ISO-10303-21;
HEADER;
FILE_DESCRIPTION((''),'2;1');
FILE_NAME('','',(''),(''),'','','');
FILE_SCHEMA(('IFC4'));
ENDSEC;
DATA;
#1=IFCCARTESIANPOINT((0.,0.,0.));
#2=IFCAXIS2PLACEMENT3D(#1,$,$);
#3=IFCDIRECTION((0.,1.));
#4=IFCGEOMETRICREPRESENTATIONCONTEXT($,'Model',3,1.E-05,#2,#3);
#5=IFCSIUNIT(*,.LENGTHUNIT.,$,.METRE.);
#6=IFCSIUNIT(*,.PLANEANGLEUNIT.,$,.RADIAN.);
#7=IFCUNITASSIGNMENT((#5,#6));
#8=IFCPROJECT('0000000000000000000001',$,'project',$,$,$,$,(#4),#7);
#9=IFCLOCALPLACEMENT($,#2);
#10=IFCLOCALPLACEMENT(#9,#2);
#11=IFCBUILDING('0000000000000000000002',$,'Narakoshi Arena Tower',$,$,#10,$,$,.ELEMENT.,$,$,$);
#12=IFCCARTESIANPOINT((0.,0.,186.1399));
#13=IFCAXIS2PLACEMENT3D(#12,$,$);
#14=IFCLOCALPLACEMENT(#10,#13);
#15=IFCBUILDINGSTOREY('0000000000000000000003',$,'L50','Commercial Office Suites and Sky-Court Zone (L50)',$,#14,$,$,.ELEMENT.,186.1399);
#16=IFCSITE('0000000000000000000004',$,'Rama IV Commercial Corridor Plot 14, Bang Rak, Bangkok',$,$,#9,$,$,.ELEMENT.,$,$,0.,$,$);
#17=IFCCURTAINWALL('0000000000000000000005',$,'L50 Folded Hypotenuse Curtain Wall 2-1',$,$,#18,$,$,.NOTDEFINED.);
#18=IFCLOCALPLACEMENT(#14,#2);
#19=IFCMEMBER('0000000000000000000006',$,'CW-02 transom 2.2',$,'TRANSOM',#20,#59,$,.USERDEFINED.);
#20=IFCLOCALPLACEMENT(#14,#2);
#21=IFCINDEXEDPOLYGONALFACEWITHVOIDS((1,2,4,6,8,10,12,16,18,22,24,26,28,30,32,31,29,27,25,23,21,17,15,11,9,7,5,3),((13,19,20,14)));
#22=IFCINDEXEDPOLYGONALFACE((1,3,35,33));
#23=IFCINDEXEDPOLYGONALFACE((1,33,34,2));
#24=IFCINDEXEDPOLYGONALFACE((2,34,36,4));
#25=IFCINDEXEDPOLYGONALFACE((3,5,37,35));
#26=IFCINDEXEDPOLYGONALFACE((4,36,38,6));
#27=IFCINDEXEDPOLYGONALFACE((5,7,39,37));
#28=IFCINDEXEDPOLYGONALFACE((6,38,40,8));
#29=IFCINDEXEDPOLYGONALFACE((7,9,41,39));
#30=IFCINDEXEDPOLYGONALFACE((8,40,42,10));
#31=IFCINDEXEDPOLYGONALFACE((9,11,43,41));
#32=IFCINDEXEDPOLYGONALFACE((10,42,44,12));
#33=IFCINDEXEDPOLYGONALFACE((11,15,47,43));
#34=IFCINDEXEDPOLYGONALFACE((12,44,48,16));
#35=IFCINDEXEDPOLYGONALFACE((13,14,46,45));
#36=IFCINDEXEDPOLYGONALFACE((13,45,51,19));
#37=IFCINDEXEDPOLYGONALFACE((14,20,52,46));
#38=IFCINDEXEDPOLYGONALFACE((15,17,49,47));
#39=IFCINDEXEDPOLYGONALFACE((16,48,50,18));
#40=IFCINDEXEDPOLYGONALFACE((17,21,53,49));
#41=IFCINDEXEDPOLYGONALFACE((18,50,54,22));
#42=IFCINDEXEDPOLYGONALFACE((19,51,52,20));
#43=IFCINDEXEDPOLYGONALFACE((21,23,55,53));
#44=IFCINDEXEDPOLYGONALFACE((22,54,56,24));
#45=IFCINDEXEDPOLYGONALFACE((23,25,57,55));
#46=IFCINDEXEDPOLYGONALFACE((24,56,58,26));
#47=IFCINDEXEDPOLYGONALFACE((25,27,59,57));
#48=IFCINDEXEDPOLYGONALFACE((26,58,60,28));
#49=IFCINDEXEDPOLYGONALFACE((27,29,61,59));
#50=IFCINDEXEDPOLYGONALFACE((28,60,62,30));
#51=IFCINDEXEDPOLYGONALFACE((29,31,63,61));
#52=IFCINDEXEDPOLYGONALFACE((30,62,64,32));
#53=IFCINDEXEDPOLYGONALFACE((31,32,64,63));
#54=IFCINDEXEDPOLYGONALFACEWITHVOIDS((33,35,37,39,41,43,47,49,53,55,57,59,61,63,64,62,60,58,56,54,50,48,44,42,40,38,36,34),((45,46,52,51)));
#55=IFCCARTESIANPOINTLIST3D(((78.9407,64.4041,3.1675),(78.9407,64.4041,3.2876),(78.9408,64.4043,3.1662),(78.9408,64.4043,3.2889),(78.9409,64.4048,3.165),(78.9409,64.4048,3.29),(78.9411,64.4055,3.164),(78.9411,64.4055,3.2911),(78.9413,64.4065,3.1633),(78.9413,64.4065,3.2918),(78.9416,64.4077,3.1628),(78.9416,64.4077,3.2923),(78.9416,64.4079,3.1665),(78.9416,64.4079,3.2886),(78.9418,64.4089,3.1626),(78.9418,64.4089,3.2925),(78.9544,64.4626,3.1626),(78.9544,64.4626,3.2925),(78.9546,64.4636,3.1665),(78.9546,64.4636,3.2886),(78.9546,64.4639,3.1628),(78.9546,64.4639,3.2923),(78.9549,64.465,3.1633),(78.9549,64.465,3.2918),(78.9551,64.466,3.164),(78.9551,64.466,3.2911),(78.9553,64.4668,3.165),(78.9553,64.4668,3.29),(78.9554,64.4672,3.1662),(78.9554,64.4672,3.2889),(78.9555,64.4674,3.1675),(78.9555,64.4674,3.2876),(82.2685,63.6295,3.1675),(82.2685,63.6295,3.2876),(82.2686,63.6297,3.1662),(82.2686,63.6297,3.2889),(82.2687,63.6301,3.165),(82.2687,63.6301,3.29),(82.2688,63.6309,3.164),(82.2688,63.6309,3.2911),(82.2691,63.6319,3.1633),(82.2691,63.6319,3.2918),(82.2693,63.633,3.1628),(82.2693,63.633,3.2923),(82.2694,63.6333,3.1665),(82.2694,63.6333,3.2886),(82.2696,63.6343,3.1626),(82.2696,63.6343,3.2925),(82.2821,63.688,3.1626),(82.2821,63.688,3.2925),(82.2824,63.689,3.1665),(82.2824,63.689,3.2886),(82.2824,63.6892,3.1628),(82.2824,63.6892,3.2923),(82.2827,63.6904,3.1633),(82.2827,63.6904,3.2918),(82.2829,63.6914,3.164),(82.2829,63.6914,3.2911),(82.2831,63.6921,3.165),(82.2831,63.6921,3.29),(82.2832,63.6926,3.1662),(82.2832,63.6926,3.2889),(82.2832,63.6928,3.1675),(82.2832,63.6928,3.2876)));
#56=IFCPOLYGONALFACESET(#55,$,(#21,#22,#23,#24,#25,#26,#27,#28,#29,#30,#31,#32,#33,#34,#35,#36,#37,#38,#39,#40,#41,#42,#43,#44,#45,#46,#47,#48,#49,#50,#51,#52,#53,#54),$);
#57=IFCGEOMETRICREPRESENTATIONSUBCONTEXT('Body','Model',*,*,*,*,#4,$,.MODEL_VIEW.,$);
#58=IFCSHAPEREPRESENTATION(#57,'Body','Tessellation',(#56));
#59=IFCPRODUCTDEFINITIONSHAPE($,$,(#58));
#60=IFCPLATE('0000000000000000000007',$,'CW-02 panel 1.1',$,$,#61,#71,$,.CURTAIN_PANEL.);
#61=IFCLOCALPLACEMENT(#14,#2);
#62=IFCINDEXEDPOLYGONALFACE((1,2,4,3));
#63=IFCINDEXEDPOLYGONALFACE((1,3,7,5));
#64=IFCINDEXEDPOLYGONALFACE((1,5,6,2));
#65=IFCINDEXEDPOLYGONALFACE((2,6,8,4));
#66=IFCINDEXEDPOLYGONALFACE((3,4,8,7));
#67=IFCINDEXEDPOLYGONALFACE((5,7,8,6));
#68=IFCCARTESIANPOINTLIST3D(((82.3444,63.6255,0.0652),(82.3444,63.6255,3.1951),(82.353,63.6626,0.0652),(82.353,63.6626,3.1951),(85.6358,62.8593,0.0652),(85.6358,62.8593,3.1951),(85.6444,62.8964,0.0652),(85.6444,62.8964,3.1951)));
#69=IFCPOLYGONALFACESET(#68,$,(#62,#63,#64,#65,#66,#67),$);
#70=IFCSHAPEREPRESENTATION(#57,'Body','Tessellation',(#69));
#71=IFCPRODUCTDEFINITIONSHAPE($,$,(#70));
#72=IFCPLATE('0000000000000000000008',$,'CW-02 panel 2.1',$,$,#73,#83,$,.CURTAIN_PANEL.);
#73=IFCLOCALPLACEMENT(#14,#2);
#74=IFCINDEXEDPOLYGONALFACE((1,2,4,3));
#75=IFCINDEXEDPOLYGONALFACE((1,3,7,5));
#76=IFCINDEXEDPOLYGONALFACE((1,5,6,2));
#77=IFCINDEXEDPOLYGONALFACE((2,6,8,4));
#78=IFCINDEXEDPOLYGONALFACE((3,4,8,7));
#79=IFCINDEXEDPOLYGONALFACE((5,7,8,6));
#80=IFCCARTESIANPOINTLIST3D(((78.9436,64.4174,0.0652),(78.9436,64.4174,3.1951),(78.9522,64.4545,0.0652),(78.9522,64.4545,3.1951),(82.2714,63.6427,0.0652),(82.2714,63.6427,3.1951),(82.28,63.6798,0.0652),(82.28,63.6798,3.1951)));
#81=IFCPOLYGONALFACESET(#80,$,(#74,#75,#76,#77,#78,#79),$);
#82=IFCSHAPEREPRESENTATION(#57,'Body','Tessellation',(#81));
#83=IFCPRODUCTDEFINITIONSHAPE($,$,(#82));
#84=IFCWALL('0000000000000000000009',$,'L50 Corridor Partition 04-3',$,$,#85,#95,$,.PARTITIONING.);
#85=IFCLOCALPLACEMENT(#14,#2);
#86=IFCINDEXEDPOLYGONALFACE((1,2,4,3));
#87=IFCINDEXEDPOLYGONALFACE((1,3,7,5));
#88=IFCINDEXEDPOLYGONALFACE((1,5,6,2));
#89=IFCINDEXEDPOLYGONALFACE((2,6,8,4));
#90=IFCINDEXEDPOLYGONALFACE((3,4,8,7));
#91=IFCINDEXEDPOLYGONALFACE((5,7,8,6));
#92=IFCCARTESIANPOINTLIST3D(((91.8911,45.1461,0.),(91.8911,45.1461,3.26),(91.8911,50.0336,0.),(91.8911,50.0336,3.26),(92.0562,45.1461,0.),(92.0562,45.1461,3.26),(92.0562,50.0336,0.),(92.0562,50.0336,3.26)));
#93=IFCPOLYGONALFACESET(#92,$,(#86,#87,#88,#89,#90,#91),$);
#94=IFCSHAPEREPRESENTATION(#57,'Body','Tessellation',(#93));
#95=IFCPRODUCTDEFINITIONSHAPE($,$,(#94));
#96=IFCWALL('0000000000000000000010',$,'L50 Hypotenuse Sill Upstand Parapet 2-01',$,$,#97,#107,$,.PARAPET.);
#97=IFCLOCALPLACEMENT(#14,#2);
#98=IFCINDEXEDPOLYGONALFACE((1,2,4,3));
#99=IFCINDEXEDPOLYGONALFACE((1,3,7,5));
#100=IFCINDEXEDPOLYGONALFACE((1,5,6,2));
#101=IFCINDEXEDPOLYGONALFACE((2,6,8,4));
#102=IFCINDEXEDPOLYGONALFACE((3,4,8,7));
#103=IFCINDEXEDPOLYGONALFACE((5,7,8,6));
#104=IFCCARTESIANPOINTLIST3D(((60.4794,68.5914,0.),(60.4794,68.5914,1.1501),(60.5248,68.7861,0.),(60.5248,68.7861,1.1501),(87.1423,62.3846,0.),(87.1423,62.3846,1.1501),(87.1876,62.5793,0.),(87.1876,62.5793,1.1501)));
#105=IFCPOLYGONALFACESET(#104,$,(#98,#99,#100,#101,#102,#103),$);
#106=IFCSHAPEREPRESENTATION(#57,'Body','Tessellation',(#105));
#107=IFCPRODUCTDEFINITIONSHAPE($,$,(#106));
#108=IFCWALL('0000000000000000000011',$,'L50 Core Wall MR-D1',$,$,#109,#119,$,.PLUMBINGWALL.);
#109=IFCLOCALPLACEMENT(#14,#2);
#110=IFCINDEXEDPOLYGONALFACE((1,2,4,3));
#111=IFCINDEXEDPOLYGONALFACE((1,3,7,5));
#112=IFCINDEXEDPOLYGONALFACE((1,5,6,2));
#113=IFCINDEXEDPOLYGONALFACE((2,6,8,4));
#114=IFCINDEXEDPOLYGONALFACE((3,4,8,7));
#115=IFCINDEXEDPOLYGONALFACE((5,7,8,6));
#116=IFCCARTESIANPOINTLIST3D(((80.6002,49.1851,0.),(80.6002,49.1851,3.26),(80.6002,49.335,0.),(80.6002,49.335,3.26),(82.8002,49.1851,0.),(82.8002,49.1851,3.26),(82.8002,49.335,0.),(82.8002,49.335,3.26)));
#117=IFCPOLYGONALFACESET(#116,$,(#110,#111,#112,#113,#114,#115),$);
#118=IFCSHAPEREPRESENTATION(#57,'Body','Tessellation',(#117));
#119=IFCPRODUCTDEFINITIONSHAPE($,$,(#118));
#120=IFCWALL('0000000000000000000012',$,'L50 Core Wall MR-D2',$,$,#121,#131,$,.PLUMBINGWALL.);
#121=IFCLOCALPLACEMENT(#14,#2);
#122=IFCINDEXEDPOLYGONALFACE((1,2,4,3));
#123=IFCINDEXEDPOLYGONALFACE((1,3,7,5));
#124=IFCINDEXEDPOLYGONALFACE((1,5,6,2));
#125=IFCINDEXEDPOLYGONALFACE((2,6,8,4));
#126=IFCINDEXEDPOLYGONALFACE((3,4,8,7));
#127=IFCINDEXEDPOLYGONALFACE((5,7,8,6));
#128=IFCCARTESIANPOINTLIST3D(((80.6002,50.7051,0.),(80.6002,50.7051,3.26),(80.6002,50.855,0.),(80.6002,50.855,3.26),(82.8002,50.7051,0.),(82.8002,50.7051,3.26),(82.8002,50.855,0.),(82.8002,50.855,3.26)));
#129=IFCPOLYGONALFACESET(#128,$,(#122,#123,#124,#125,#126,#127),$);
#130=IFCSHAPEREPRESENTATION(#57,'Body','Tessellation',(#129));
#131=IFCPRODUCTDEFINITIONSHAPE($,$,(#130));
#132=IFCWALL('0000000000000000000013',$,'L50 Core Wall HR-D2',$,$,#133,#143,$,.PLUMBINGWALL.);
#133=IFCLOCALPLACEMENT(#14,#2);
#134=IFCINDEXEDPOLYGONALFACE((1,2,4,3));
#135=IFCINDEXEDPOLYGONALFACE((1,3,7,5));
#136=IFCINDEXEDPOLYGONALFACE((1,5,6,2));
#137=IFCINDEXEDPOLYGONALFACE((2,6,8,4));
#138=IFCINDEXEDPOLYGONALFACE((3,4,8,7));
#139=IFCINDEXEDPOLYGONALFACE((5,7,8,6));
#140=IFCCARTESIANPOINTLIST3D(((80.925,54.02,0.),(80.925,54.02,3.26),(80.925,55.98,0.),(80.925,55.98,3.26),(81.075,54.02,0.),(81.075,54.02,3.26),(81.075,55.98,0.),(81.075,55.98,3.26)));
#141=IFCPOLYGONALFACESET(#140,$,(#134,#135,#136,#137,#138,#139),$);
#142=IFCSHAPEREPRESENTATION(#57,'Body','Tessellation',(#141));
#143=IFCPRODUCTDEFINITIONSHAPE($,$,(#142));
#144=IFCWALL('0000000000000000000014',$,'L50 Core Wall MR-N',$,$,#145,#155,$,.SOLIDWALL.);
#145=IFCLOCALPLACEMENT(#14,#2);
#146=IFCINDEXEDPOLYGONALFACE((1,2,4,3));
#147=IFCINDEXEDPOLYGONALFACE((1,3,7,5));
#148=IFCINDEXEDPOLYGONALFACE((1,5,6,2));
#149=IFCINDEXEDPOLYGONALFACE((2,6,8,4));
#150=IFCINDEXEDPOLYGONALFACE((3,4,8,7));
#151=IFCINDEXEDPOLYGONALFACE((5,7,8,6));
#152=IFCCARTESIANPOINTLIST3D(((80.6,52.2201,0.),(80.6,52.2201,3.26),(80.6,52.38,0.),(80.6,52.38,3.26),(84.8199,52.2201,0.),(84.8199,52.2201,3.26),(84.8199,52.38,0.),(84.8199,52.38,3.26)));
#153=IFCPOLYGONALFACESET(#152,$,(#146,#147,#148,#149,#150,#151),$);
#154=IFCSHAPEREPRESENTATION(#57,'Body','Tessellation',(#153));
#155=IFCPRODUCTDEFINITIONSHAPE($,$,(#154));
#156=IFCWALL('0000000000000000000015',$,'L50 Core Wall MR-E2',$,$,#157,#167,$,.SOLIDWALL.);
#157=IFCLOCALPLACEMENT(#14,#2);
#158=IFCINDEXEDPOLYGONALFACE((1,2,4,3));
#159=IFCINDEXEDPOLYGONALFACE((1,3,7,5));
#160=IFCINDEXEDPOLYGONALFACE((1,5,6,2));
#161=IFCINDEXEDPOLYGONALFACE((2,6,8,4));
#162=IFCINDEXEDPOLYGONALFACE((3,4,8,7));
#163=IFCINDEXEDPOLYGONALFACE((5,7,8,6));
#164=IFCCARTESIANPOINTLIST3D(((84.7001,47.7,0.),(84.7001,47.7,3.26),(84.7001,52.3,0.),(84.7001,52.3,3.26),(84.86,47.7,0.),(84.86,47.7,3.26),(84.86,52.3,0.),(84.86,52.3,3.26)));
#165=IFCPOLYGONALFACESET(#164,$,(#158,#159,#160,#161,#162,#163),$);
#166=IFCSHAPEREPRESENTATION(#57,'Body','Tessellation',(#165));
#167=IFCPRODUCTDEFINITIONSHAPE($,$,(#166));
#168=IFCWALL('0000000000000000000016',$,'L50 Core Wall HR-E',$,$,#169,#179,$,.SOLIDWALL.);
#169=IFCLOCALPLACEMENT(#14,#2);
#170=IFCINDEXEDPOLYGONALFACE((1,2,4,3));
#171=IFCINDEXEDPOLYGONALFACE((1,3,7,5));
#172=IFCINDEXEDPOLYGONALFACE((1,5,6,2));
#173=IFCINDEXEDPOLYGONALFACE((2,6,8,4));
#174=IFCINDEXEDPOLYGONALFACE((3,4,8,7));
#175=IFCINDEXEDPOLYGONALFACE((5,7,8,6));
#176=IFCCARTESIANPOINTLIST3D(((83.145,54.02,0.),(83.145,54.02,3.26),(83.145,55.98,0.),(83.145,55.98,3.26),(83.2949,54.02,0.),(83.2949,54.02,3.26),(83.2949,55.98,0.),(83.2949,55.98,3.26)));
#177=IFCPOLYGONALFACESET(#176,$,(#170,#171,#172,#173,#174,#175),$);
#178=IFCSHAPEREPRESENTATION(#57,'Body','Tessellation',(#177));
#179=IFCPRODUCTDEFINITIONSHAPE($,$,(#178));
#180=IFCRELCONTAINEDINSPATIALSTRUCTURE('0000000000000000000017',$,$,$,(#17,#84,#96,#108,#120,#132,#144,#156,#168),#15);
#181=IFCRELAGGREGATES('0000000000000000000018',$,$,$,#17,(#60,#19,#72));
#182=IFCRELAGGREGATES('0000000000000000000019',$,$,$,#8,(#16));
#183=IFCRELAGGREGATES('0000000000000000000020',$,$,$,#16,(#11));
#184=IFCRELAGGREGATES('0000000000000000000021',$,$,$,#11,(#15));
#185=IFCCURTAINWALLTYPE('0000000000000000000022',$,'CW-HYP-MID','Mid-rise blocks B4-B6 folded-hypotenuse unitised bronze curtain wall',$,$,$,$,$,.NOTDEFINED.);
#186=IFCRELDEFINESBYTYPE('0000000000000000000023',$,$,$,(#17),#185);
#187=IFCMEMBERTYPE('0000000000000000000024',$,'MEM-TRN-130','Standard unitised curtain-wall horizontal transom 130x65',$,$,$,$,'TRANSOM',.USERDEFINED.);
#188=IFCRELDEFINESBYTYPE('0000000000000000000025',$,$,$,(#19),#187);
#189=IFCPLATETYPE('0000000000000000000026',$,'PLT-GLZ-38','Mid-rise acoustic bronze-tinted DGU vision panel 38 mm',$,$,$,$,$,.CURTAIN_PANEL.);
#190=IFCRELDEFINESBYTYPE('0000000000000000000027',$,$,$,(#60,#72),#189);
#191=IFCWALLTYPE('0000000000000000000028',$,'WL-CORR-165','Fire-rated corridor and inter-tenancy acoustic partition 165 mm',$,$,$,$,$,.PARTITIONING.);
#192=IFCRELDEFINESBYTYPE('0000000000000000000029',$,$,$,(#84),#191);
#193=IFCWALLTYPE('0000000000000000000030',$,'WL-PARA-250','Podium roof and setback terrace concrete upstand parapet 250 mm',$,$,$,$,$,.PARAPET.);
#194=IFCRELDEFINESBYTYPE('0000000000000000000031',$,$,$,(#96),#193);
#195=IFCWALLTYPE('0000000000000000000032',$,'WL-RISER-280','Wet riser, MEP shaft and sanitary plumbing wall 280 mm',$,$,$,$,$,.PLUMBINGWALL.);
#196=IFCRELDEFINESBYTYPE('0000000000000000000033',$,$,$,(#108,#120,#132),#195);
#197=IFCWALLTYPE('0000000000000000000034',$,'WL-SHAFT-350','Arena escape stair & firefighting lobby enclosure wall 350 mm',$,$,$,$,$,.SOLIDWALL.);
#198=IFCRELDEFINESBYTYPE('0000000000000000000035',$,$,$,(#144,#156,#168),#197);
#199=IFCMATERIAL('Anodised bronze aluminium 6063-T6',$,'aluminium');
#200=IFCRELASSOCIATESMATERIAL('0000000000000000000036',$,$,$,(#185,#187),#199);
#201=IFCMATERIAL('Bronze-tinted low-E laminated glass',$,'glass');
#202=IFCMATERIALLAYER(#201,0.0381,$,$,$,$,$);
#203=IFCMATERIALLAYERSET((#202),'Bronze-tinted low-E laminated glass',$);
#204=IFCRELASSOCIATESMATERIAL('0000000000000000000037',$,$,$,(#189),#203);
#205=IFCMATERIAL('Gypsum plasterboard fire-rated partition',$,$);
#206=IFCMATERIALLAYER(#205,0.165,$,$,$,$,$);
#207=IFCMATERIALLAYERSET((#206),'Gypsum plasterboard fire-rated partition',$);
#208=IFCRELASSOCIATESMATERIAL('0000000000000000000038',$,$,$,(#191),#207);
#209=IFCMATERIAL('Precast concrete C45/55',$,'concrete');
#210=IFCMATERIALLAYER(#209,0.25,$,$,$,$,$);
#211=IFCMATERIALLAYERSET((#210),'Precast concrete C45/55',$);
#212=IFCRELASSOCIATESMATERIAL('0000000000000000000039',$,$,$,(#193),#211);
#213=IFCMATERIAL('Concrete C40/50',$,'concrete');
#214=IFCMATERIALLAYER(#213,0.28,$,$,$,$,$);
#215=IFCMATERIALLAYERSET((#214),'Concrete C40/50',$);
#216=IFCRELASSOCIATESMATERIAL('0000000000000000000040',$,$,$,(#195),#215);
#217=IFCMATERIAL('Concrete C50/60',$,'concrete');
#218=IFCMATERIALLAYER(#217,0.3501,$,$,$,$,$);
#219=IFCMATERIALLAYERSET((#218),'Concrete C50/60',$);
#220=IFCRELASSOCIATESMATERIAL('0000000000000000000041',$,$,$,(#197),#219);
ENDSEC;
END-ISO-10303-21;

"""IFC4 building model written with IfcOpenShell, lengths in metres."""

from ifc_helpers import new_model, si_unit, direction, frame, frame_2d, origin, origin_2d, place, context, subcontext, project, spatial, rectangle, hollow_rectangle, extrude, material, layer, layer_set, material_profile, profile_set, type_object, element, aggregate, save


model = new_model("IFC4")

# Units and contexts
model_context = context("Model", 3, precision=1e-05, world=origin(), true_north=direction((0.0, 1.0)))
body_context = subcontext(model_context, "Body", "Model", "MODEL_VIEW")
ifc_project = project(units=[si_unit("LENGTHUNIT", "METRE"), si_unit("PLANEANGLEUNIT", "RADIAN")], contexts=[model_context])

# Site, building, storey
site_placement = place(None, origin())
site = spatial("IfcSite", under=ifc_project, at=site_placement, Name="Rama IV Commercial Corridor Plot 14, Bang Rak, Bangkok", CompositionType="ELEMENT", RefElevation=0.0)
building_placement = place(site_placement, origin())
building = spatial("IfcBuilding", under=site, at=building_placement, Name="Narakoshi Arena Tower", CompositionType="ELEMENT")
storey_placement = place(building_placement, frame((0.0, 0.0, 186.1399)))
storey = spatial("IfcBuildingStorey", under=building, at=storey_placement, Name="L50", Description="Commercial Office Suites and Sky-Court Zone (L50)", CompositionType="ELEMENT", Elevation=186.1399)

# Shared definitions
ifc_material_1 = material(Name="Concrete C50/60", Category="concrete")

# Shared definitions
ifc_material_2 = material(Name="Anodised bronze aluminium 6063-T6", Category="aluminium")
curtain_wall_type = type_object("IfcCurtainWallType", Name="CW-HYP-MID", Description="Mid-rise blocks B4-B6 folded-hypotenuse unitised bronze curtain wall", PredefinedType="NOTDEFINED", material=ifc_material_2)

# Curtain wall, member, plates
curtain_wall_1_placement = place(storey_placement, origin())
curtain_wall_1 = element("IfcCurtainWall", 1, at=curtain_wall_1_placement, inside=storey, type_object=curtain_wall_type, Name="L50 Folded Hypotenuse Curtain Wall 2-1", PredefinedType="NOTDEFINED")
ifc_material_profile_1 = material_profile(ifc_material_2, hollow_rectangle(XDim=0.0649, YDim=0.1299, WallThickness=0.0039, OuterFilletRadius=0.0049, at=origin_2d()), Name="TRN130x65x4")
ifc_profile_set_1 = profile_set([ifc_material_profile_1], Name="Anodised bronze aluminium 6063-T6")
member_type_1 = type_object("IfcMemberType", Name="MEM-TRN-130", Description="Standard unitised curtain-wall horizontal transom 130x65", ElementType="TRANSOM", PredefinedType="USERDEFINED", material=ifc_profile_set_1)
member_1_placement = place(storey_placement, frame((82.2759, 63.6611, 3.2275), z_axis=(-0.973961, 0.226717, 0.0), x_axis=(-0.226717, -0.973961, 0.0)))
member_1 = element("IfcMember", 2, at=member_1_placement, type_object=member_type_1, Name="CW-02 transom 2.2", ObjectType="TRANSOM", PredefinedType="USERDEFINED", context=body_context, shape_type="SweptSolid", body=[
    extrude(hollow_rectangle(XDim=0.0649, YDim=0.1299, WallThickness=0.0039, OuterFilletRadius=0.0049, at=origin_2d()), origin(), (0.0, 0.0, 1.0), 3.4167),
])
ifc_material_3 = material(Name="Bronze-tinted low-E laminated glass", Category="glass")
ifc_layer_1 = layer(ifc_material_3, 0.0381)
ifc_layer_set_1 = layer_set([ifc_layer_1], Name="Bronze-tinted low-E laminated glass")
plate_type = type_object("IfcPlateType", Name="PLT-GLZ-38", Description="Mid-rise acoustic bronze-tinted DGU vision panel 38 mm", PredefinedType="CURTAIN_PANEL", material=ifc_layer_set_1)
plate_1_placement = place(storey_placement, frame((83.9944, 63.261, 0.0652), z_axis=(0.0, 0.0, 1.0), x_axis=(-0.97396, 0.226721, 0.0)))
plate_1 = element("IfcPlate", 3, at=plate_1_placement, type_object=plate_type, Name="CW-02 panel 1.1", PredefinedType="CURTAIN_PANEL", context=body_context, shape_type="SweptSolid", body=[
    extrude(rectangle(XDim=3.3794, YDim=0.0381, at=origin_2d()), origin(), (0.0, 0.0, 1.0), 3.1299),
])
plate_2_placement = place(storey_placement, frame((80.6118, 64.0486, 0.0652), z_axis=(0.0, 0.0, 1.0), x_axis=(-0.97396, 0.226721, 0.0)))
plate_2 = element("IfcPlate", 4, at=plate_2_placement, type_object=plate_type, Name="CW-02 panel 2.1", PredefinedType="CURTAIN_PANEL", context=body_context, shape_type="SweptSolid", body=[
    extrude(rectangle(XDim=3.4167, YDim=0.0381, at=origin_2d()), origin(), (0.0, 0.0, 1.0), 3.1299),
])
aggregate(curtain_wall_1, [plate_1, member_1, plate_2])

# Walls
ifc_material_4 = material(Name="Gypsum plasterboard fire-rated partition")
ifc_layer_2 = layer(ifc_material_4, 0.165)
ifc_layer_set_2 = layer_set([ifc_layer_2], Name="Gypsum plasterboard fire-rated partition")
wall_type_1 = type_object("IfcWallType", Name="WL-CORR-165", Description="Fire-rated corridor and inter-tenancy acoustic partition 165 mm", PredefinedType="PARTITIONING", material=ifc_layer_set_2)
wall_1_placement = place(storey_placement, frame((91.9736, 50.0337, 0.0), z_axis=(0.0, 0.0, 1.0), x_axis=(0.0, -1.0, 0.0)))
element("IfcWall", 5, at=wall_1_placement, inside=storey, type_object=wall_type_1, Name="L50 Corridor Partition 04-3", PredefinedType="PARTITIONING", context=body_context, shape_type="SweptSolid", body=[
    extrude(rectangle(XDim=4.8875, YDim=0.165, at=frame_2d((2.4438, 0.0))), origin(), (0.0, 0.0, 1.0), 3.26),
])
ifc_material_5 = material(Name="Precast concrete C45/55", Category="concrete")
ifc_layer_3 = layer(ifc_material_5, 0.25)
ifc_layer_set_3 = layer_set([ifc_layer_3], Name="Precast concrete C45/55")
wall_type_2 = type_object("IfcWallType", Name="WL-PARA-250", Description="Podium roof and setback terrace concrete upstand parapet 250 mm", PredefinedType="PARAPET", material=ifc_layer_set_3)
wall_2_placement = place(storey_placement, frame((87.165, 62.4819, 0.0), z_axis=(0.0, 0.0, 1.0), x_axis=(-0.973959, 0.226726, 0.0)))
element("IfcWall", 6, at=wall_2_placement, inside=storey, type_object=wall_type_2, Name="L50 Hypotenuse Sill Upstand Parapet 2-01", PredefinedType="PARAPET", context=body_context, shape_type="SweptSolid", body=[
    extrude(rectangle(XDim=27.3757, YDim=0.2, at=frame_2d((13.688, 0.0))), origin(), (0.0, 0.0, 1.0), 1.1501),
])
ifc_material_6 = material(Name="Concrete C40/50", Category="concrete")
ifc_layer_4 = layer(ifc_material_6, 0.28)
ifc_layer_set_4 = layer_set([ifc_layer_4], Name="Concrete C40/50")
wall_type_3 = type_object("IfcWallType", Name="WL-RISER-280", Description="Wet riser, MEP shaft and sanitary plumbing wall 280 mm", PredefinedType="PLUMBINGWALL", material=ifc_layer_set_4)
for number, where, z_axis, x_axis, name in (
    (7, (80.6001, 49.26, 0.0), (0.0, 0.0, 1.0), (1.0, 0.0, 0.0), "L50 Core Wall MR-D1"),
    (8, (80.6001, 50.78, 0.0), (0.0, 0.0, 1.0), (1.0, 0.0, 0.0), "L50 Core Wall MR-D2"),
):
    element("IfcWall", number, at=place(storey_placement, frame(where, z_axis=z_axis, x_axis=x_axis)), inside=storey, type_object=wall_type_3, Name=name, PredefinedType="PLUMBINGWALL", context=body_context, shape_type="SweptSolid", body=[
        extrude(rectangle(XDim=2.2, YDim=0.1499, at=frame_2d((1.1001, 0.0))), origin(), (0.0, 0.0, 1.0), 3.26),
    ])
wall_3_placement = place(storey_placement, frame((81.0, 54.02, 0.0), z_axis=(0.0, 0.0, 1.0), x_axis=(0.0, 1.0, 0.0)))
element("IfcWall", 9, at=wall_3_placement, inside=storey, type_object=wall_type_3, Name="L50 Core Wall HR-D2", PredefinedType="PLUMBINGWALL", context=body_context, shape_type="SweptSolid", body=[
    extrude(rectangle(XDim=1.96, YDim=0.1499, at=frame_2d((0.98, 0.0))), origin(), (0.0, 0.0, 1.0), 3.26),
])
ifc_layer_5 = layer(ifc_material_1, 0.3501)
ifc_layer_set_5 = layer_set([ifc_layer_5], Name="Concrete C50/60")
wall_type_4 = type_object("IfcWallType", Name="WL-SHAFT-350", Description="Arena escape stair & firefighting lobby enclosure wall 350 mm", PredefinedType="SOLIDWALL", material=ifc_layer_set_5)
wall_4_placement = place(storey_placement, frame((80.6001, 52.3, 0.0), z_axis=(0.0, 0.0, 1.0), x_axis=(1.0, 0.0, 0.0)))
element("IfcWall", 10, at=wall_4_placement, inside=storey, type_object=wall_type_4, Name="L50 Core Wall MR-N", PredefinedType="SOLIDWALL", context=body_context, shape_type="SweptSolid", body=[
    extrude(rectangle(XDim=4.22, YDim=0.1599, at=frame_2d((2.1099, 0.0))), origin(), (0.0, 0.0, 1.0), 3.26),
])
wall_5_placement = place(storey_placement, frame((84.78, 47.7, 0.0), z_axis=(0.0, 0.0, 1.0), x_axis=(0.0, 1.0, 0.0)))
element("IfcWall", 11, at=wall_5_placement, inside=storey, type_object=wall_type_4, Name="L50 Core Wall MR-E2", PredefinedType="SOLIDWALL", context=body_context, shape_type="SweptSolid", body=[
    extrude(rectangle(XDim=4.6001, YDim=0.1599, at=frame_2d((2.3, 0.0))), origin(), (0.0, 0.0, 1.0), 3.26),
])
wall_6_placement = place(storey_placement, frame((83.22, 54.02, 0.0), z_axis=(0.0, 0.0, 1.0), x_axis=(0.0, 1.0, 0.0)))
element("IfcWall", 12, at=wall_6_placement, inside=storey, type_object=wall_type_4, Name="L50 Core Wall HR-E", PredefinedType="SOLIDWALL", context=body_context, shape_type="SweptSolid", body=[
    extrude(rectangle(XDim=1.96, YDim=0.1499, at=frame_2d((0.98, 0.0))), origin(), (0.0, 0.0, 1.0), 3.26),
])

save(model, "model.ifc")
